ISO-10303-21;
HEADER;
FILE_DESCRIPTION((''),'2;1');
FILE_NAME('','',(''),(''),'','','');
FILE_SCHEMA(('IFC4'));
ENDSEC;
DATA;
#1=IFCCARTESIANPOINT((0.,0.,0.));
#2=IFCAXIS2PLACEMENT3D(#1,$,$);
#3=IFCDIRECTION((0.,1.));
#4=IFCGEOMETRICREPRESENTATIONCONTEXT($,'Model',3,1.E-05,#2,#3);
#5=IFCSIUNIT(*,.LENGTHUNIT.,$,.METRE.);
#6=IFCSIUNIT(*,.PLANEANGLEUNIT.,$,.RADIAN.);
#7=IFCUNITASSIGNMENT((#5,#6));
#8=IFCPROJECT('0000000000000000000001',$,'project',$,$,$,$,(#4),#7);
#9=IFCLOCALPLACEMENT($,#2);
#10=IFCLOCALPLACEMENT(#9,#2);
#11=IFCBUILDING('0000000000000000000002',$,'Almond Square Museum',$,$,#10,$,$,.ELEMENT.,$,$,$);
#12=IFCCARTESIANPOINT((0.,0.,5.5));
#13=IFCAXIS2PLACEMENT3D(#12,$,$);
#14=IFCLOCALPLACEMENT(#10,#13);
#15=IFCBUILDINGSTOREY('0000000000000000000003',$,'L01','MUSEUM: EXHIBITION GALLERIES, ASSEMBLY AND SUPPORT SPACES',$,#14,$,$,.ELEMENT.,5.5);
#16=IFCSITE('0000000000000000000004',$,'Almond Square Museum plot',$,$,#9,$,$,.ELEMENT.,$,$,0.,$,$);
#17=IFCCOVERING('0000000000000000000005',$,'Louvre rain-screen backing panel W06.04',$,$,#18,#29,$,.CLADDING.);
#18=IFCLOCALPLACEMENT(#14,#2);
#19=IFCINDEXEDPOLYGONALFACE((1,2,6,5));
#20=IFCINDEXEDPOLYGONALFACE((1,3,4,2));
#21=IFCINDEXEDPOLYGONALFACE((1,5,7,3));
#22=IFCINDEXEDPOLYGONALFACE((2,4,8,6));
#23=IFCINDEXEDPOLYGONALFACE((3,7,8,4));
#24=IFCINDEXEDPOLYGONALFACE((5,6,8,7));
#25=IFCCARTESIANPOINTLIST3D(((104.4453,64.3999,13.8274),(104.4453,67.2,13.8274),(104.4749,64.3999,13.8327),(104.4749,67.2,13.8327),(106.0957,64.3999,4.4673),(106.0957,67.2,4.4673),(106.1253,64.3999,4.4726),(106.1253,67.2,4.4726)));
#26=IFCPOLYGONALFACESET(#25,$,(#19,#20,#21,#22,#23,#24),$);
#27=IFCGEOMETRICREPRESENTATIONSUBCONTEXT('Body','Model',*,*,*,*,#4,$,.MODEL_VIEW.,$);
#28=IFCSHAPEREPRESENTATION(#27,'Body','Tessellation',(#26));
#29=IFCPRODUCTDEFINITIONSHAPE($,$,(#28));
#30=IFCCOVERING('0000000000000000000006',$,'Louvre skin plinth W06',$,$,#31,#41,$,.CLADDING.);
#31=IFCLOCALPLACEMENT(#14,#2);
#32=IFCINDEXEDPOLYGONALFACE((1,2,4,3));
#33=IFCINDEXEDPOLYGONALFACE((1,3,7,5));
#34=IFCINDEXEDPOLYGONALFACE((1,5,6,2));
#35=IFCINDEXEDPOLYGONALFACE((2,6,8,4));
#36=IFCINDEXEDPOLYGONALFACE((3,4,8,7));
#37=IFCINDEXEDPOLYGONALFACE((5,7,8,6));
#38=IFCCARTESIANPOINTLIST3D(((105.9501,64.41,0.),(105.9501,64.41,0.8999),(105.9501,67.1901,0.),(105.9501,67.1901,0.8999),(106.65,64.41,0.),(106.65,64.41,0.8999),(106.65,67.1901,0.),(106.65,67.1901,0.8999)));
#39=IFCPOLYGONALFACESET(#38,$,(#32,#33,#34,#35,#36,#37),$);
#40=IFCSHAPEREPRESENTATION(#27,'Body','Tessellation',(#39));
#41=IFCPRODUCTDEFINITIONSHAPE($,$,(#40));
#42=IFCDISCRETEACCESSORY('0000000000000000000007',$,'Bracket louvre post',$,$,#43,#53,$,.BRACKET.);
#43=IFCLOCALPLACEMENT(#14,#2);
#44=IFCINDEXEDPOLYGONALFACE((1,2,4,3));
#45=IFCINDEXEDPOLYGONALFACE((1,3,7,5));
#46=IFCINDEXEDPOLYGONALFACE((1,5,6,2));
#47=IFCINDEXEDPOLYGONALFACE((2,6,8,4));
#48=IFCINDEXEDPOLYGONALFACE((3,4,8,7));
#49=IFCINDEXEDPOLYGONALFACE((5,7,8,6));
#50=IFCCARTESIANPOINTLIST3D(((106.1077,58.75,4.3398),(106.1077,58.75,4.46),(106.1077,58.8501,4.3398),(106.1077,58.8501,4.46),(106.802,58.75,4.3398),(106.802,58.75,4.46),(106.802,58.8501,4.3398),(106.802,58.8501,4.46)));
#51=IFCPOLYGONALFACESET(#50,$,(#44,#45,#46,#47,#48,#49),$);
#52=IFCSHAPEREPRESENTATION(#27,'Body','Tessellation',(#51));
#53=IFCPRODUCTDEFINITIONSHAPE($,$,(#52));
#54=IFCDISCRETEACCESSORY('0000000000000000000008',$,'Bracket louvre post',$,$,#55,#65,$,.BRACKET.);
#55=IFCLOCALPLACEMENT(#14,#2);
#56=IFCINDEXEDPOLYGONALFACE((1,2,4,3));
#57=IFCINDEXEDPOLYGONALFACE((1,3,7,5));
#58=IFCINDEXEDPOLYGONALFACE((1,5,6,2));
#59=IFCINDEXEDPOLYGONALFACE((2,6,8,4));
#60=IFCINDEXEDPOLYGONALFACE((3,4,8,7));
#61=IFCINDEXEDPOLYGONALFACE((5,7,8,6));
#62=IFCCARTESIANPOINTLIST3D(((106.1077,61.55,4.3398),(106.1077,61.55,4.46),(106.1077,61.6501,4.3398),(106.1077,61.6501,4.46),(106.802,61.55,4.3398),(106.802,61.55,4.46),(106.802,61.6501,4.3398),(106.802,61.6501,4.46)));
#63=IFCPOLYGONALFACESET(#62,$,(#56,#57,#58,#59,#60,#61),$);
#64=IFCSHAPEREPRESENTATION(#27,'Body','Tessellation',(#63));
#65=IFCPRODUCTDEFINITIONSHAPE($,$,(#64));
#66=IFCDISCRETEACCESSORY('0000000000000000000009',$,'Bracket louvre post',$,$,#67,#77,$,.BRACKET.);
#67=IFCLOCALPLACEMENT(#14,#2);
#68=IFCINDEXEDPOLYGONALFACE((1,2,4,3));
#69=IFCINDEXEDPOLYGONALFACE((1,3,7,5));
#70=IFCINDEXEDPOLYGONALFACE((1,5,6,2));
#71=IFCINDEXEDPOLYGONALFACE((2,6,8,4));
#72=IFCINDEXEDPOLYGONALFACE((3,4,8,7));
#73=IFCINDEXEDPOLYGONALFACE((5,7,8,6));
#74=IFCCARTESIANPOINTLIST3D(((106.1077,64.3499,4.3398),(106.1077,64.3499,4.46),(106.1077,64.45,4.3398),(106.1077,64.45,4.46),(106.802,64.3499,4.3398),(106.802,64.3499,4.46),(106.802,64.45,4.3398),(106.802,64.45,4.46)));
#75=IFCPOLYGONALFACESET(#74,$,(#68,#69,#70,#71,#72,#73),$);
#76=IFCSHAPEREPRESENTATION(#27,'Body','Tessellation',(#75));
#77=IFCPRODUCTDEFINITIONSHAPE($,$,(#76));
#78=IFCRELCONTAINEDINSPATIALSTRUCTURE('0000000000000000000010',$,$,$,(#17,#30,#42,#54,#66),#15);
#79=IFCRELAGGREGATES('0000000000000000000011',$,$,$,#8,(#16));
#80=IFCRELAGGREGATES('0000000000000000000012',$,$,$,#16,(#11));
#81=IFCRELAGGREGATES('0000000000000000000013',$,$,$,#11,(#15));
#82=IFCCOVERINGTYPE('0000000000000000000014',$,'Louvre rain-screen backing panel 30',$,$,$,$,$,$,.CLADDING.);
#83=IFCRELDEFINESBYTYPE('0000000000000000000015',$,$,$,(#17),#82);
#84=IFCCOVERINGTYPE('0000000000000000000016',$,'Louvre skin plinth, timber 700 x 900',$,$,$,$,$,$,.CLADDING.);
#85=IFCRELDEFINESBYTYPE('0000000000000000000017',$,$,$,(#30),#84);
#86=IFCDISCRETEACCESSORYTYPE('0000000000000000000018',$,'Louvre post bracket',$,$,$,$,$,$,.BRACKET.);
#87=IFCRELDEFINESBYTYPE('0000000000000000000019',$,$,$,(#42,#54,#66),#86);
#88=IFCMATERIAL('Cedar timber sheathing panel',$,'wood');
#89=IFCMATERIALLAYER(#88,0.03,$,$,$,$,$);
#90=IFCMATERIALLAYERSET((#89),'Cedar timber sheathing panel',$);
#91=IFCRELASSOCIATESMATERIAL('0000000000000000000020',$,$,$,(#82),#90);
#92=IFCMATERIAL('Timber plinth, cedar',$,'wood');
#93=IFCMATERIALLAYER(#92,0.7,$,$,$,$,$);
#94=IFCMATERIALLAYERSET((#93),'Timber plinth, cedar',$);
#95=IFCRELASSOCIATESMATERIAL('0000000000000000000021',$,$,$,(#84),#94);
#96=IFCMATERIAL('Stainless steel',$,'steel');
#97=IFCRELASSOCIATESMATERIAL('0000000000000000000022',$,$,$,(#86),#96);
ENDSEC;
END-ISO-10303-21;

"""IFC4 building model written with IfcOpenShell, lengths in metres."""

from ifc_helpers import new_model, si_unit, direction, frame, origin, origin_2d, place, context, subcontext, project, spatial, polyline, rectangle, outline, extrude, material, layer, layer_set, type_object, element, save


model = new_model("IFC4")

# Units and contexts
model_context = context("Model", 3, precision=1e-05, world=origin(), true_north=direction((0.0, 1.0)))
body_context = subcontext(model_context, "Body", "Model", "MODEL_VIEW")
ifc_project = project(units=[si_unit("LENGTHUNIT", "METRE"), si_unit("PLANEANGLEUNIT", "RADIAN")], contexts=[model_context])

# Site, building, storey
site_placement = place(None, origin())
site = spatial("IfcSite", under=ifc_project, at=site_placement, Name="Almond Square Museum plot", CompositionType="ELEMENT", RefElevation=0.0)
building_placement = place(site_placement, origin())
building = spatial("IfcBuilding", under=site, at=building_placement, Name="Almond Square Museum", CompositionType="ELEMENT")
storey_placement = place(building_placement, frame((0.0, 0.0, 5.5)))
storey = spatial("IfcBuildingStorey", under=building, at=storey_placement, Name="L01", Description="MUSEUM: EXHIBITION GALLERIES, ASSEMBLY AND SUPPORT SPACES", CompositionType="ELEMENT", Elevation=5.5)

# Coverings
ifc_material_1 = material(Name="Cedar timber sheathing panel", Category="wood")
ifc_layer_1 = layer(ifc_material_1, 0.03)
ifc_layer_set_1 = layer_set([ifc_layer_1], Name="Cedar timber sheathing panel")
covering_type_1 = type_object("IfcCoveringType", Name="Louvre rain-screen backing panel 30", PredefinedType="CLADDING", material=ifc_layer_set_1)
covering_1_placement = place(storey_placement, frame((106.1106, 64.3999, 4.47), z_axis=(0.984809, 0.0, 0.173643), x_axis=(0.0, 1.0, 0.0)))
element("IfcCovering", 1, at=covering_1_placement, inside=storey, type_object=covering_type_1, Name="Louvre rain-screen backing panel W06.04", PredefinedType="CLADDING", context=body_context, shape_type="SweptSolid", body=[
    extrude(outline(polyline([(0.0, 0.0), (2.8, 0.0), (2.8, 9.5045), (0.0, 9.5045), (0.0, 0.0)])), frame((0.0, 0.0, -0.0151)), (0.0, 0.0, 1.0), 0.03),
])
ifc_material_2 = material(Name="Timber plinth, cedar", Category="wood")
ifc_layer_2 = layer(ifc_material_2, 0.7)
ifc_layer_set_2 = layer_set([ifc_layer_2], Name="Timber plinth, cedar")
covering_type_2 = type_object("IfcCoveringType", Name="Louvre skin plinth, timber 700 x 900", PredefinedType="CLADDING", material=ifc_layer_set_2)
covering_2_placement = place(storey_placement, frame((106.3, 65.8, 0.0), z_axis=(0.0, 0.0, 1.0), x_axis=(1.0, 0.0, 0.0)))
element("IfcCovering", 2, at=covering_2_placement, inside=storey, type_object=covering_type_2, Name="Louvre skin plinth W06", PredefinedType="CLADDING", context=body_context, shape_type="SweptSolid", body=[
    extrude(rectangle(XDim=0.7, YDim=2.78, at=origin_2d()), origin(), (0.0, 0.0, 1.0), 0.8999),
])

# Discrete accessories
ifc_material_3 = material(Name="Stainless steel", Category="steel")
discrete_accessory_type = type_object("IfcDiscreteAccessoryType", Name="Louvre post bracket", PredefinedType="BRACKET", material=ifc_material_3)
for number, where, z_axis, x_axis, name in (
    (3, (106.4548, 58.8, 4.3398), (0.0, 0.0, 1.0), (1.0, 0.0, 0.0), "Bracket louvre post"),
    (4, (106.4548, 61.6001, 4.3398), (0.0, 0.0, 1.0), (1.0, 0.0, 0.0), "Bracket louvre post"),
    (5, (106.4548, 64.3999, 4.3398), (0.0, 0.0, 1.0), (1.0, 0.0, 0.0), "Bracket louvre post"),
):
    element("IfcDiscreteAccessory", number, at=place(storey_placement, frame(where, z_axis=z_axis, x_axis=x_axis)), inside=storey, type_object=discrete_accessory_type, Name=name, PredefinedType="BRACKET", context=body_context, shape_type="SweptSolid", body=[
        extrude(rectangle(XDim=0.6943, YDim=0.1001, at=origin_2d()), origin(), (0.0, 0.0, 1.0), 0.1201),
    ])

save(model, "model.ifc")
